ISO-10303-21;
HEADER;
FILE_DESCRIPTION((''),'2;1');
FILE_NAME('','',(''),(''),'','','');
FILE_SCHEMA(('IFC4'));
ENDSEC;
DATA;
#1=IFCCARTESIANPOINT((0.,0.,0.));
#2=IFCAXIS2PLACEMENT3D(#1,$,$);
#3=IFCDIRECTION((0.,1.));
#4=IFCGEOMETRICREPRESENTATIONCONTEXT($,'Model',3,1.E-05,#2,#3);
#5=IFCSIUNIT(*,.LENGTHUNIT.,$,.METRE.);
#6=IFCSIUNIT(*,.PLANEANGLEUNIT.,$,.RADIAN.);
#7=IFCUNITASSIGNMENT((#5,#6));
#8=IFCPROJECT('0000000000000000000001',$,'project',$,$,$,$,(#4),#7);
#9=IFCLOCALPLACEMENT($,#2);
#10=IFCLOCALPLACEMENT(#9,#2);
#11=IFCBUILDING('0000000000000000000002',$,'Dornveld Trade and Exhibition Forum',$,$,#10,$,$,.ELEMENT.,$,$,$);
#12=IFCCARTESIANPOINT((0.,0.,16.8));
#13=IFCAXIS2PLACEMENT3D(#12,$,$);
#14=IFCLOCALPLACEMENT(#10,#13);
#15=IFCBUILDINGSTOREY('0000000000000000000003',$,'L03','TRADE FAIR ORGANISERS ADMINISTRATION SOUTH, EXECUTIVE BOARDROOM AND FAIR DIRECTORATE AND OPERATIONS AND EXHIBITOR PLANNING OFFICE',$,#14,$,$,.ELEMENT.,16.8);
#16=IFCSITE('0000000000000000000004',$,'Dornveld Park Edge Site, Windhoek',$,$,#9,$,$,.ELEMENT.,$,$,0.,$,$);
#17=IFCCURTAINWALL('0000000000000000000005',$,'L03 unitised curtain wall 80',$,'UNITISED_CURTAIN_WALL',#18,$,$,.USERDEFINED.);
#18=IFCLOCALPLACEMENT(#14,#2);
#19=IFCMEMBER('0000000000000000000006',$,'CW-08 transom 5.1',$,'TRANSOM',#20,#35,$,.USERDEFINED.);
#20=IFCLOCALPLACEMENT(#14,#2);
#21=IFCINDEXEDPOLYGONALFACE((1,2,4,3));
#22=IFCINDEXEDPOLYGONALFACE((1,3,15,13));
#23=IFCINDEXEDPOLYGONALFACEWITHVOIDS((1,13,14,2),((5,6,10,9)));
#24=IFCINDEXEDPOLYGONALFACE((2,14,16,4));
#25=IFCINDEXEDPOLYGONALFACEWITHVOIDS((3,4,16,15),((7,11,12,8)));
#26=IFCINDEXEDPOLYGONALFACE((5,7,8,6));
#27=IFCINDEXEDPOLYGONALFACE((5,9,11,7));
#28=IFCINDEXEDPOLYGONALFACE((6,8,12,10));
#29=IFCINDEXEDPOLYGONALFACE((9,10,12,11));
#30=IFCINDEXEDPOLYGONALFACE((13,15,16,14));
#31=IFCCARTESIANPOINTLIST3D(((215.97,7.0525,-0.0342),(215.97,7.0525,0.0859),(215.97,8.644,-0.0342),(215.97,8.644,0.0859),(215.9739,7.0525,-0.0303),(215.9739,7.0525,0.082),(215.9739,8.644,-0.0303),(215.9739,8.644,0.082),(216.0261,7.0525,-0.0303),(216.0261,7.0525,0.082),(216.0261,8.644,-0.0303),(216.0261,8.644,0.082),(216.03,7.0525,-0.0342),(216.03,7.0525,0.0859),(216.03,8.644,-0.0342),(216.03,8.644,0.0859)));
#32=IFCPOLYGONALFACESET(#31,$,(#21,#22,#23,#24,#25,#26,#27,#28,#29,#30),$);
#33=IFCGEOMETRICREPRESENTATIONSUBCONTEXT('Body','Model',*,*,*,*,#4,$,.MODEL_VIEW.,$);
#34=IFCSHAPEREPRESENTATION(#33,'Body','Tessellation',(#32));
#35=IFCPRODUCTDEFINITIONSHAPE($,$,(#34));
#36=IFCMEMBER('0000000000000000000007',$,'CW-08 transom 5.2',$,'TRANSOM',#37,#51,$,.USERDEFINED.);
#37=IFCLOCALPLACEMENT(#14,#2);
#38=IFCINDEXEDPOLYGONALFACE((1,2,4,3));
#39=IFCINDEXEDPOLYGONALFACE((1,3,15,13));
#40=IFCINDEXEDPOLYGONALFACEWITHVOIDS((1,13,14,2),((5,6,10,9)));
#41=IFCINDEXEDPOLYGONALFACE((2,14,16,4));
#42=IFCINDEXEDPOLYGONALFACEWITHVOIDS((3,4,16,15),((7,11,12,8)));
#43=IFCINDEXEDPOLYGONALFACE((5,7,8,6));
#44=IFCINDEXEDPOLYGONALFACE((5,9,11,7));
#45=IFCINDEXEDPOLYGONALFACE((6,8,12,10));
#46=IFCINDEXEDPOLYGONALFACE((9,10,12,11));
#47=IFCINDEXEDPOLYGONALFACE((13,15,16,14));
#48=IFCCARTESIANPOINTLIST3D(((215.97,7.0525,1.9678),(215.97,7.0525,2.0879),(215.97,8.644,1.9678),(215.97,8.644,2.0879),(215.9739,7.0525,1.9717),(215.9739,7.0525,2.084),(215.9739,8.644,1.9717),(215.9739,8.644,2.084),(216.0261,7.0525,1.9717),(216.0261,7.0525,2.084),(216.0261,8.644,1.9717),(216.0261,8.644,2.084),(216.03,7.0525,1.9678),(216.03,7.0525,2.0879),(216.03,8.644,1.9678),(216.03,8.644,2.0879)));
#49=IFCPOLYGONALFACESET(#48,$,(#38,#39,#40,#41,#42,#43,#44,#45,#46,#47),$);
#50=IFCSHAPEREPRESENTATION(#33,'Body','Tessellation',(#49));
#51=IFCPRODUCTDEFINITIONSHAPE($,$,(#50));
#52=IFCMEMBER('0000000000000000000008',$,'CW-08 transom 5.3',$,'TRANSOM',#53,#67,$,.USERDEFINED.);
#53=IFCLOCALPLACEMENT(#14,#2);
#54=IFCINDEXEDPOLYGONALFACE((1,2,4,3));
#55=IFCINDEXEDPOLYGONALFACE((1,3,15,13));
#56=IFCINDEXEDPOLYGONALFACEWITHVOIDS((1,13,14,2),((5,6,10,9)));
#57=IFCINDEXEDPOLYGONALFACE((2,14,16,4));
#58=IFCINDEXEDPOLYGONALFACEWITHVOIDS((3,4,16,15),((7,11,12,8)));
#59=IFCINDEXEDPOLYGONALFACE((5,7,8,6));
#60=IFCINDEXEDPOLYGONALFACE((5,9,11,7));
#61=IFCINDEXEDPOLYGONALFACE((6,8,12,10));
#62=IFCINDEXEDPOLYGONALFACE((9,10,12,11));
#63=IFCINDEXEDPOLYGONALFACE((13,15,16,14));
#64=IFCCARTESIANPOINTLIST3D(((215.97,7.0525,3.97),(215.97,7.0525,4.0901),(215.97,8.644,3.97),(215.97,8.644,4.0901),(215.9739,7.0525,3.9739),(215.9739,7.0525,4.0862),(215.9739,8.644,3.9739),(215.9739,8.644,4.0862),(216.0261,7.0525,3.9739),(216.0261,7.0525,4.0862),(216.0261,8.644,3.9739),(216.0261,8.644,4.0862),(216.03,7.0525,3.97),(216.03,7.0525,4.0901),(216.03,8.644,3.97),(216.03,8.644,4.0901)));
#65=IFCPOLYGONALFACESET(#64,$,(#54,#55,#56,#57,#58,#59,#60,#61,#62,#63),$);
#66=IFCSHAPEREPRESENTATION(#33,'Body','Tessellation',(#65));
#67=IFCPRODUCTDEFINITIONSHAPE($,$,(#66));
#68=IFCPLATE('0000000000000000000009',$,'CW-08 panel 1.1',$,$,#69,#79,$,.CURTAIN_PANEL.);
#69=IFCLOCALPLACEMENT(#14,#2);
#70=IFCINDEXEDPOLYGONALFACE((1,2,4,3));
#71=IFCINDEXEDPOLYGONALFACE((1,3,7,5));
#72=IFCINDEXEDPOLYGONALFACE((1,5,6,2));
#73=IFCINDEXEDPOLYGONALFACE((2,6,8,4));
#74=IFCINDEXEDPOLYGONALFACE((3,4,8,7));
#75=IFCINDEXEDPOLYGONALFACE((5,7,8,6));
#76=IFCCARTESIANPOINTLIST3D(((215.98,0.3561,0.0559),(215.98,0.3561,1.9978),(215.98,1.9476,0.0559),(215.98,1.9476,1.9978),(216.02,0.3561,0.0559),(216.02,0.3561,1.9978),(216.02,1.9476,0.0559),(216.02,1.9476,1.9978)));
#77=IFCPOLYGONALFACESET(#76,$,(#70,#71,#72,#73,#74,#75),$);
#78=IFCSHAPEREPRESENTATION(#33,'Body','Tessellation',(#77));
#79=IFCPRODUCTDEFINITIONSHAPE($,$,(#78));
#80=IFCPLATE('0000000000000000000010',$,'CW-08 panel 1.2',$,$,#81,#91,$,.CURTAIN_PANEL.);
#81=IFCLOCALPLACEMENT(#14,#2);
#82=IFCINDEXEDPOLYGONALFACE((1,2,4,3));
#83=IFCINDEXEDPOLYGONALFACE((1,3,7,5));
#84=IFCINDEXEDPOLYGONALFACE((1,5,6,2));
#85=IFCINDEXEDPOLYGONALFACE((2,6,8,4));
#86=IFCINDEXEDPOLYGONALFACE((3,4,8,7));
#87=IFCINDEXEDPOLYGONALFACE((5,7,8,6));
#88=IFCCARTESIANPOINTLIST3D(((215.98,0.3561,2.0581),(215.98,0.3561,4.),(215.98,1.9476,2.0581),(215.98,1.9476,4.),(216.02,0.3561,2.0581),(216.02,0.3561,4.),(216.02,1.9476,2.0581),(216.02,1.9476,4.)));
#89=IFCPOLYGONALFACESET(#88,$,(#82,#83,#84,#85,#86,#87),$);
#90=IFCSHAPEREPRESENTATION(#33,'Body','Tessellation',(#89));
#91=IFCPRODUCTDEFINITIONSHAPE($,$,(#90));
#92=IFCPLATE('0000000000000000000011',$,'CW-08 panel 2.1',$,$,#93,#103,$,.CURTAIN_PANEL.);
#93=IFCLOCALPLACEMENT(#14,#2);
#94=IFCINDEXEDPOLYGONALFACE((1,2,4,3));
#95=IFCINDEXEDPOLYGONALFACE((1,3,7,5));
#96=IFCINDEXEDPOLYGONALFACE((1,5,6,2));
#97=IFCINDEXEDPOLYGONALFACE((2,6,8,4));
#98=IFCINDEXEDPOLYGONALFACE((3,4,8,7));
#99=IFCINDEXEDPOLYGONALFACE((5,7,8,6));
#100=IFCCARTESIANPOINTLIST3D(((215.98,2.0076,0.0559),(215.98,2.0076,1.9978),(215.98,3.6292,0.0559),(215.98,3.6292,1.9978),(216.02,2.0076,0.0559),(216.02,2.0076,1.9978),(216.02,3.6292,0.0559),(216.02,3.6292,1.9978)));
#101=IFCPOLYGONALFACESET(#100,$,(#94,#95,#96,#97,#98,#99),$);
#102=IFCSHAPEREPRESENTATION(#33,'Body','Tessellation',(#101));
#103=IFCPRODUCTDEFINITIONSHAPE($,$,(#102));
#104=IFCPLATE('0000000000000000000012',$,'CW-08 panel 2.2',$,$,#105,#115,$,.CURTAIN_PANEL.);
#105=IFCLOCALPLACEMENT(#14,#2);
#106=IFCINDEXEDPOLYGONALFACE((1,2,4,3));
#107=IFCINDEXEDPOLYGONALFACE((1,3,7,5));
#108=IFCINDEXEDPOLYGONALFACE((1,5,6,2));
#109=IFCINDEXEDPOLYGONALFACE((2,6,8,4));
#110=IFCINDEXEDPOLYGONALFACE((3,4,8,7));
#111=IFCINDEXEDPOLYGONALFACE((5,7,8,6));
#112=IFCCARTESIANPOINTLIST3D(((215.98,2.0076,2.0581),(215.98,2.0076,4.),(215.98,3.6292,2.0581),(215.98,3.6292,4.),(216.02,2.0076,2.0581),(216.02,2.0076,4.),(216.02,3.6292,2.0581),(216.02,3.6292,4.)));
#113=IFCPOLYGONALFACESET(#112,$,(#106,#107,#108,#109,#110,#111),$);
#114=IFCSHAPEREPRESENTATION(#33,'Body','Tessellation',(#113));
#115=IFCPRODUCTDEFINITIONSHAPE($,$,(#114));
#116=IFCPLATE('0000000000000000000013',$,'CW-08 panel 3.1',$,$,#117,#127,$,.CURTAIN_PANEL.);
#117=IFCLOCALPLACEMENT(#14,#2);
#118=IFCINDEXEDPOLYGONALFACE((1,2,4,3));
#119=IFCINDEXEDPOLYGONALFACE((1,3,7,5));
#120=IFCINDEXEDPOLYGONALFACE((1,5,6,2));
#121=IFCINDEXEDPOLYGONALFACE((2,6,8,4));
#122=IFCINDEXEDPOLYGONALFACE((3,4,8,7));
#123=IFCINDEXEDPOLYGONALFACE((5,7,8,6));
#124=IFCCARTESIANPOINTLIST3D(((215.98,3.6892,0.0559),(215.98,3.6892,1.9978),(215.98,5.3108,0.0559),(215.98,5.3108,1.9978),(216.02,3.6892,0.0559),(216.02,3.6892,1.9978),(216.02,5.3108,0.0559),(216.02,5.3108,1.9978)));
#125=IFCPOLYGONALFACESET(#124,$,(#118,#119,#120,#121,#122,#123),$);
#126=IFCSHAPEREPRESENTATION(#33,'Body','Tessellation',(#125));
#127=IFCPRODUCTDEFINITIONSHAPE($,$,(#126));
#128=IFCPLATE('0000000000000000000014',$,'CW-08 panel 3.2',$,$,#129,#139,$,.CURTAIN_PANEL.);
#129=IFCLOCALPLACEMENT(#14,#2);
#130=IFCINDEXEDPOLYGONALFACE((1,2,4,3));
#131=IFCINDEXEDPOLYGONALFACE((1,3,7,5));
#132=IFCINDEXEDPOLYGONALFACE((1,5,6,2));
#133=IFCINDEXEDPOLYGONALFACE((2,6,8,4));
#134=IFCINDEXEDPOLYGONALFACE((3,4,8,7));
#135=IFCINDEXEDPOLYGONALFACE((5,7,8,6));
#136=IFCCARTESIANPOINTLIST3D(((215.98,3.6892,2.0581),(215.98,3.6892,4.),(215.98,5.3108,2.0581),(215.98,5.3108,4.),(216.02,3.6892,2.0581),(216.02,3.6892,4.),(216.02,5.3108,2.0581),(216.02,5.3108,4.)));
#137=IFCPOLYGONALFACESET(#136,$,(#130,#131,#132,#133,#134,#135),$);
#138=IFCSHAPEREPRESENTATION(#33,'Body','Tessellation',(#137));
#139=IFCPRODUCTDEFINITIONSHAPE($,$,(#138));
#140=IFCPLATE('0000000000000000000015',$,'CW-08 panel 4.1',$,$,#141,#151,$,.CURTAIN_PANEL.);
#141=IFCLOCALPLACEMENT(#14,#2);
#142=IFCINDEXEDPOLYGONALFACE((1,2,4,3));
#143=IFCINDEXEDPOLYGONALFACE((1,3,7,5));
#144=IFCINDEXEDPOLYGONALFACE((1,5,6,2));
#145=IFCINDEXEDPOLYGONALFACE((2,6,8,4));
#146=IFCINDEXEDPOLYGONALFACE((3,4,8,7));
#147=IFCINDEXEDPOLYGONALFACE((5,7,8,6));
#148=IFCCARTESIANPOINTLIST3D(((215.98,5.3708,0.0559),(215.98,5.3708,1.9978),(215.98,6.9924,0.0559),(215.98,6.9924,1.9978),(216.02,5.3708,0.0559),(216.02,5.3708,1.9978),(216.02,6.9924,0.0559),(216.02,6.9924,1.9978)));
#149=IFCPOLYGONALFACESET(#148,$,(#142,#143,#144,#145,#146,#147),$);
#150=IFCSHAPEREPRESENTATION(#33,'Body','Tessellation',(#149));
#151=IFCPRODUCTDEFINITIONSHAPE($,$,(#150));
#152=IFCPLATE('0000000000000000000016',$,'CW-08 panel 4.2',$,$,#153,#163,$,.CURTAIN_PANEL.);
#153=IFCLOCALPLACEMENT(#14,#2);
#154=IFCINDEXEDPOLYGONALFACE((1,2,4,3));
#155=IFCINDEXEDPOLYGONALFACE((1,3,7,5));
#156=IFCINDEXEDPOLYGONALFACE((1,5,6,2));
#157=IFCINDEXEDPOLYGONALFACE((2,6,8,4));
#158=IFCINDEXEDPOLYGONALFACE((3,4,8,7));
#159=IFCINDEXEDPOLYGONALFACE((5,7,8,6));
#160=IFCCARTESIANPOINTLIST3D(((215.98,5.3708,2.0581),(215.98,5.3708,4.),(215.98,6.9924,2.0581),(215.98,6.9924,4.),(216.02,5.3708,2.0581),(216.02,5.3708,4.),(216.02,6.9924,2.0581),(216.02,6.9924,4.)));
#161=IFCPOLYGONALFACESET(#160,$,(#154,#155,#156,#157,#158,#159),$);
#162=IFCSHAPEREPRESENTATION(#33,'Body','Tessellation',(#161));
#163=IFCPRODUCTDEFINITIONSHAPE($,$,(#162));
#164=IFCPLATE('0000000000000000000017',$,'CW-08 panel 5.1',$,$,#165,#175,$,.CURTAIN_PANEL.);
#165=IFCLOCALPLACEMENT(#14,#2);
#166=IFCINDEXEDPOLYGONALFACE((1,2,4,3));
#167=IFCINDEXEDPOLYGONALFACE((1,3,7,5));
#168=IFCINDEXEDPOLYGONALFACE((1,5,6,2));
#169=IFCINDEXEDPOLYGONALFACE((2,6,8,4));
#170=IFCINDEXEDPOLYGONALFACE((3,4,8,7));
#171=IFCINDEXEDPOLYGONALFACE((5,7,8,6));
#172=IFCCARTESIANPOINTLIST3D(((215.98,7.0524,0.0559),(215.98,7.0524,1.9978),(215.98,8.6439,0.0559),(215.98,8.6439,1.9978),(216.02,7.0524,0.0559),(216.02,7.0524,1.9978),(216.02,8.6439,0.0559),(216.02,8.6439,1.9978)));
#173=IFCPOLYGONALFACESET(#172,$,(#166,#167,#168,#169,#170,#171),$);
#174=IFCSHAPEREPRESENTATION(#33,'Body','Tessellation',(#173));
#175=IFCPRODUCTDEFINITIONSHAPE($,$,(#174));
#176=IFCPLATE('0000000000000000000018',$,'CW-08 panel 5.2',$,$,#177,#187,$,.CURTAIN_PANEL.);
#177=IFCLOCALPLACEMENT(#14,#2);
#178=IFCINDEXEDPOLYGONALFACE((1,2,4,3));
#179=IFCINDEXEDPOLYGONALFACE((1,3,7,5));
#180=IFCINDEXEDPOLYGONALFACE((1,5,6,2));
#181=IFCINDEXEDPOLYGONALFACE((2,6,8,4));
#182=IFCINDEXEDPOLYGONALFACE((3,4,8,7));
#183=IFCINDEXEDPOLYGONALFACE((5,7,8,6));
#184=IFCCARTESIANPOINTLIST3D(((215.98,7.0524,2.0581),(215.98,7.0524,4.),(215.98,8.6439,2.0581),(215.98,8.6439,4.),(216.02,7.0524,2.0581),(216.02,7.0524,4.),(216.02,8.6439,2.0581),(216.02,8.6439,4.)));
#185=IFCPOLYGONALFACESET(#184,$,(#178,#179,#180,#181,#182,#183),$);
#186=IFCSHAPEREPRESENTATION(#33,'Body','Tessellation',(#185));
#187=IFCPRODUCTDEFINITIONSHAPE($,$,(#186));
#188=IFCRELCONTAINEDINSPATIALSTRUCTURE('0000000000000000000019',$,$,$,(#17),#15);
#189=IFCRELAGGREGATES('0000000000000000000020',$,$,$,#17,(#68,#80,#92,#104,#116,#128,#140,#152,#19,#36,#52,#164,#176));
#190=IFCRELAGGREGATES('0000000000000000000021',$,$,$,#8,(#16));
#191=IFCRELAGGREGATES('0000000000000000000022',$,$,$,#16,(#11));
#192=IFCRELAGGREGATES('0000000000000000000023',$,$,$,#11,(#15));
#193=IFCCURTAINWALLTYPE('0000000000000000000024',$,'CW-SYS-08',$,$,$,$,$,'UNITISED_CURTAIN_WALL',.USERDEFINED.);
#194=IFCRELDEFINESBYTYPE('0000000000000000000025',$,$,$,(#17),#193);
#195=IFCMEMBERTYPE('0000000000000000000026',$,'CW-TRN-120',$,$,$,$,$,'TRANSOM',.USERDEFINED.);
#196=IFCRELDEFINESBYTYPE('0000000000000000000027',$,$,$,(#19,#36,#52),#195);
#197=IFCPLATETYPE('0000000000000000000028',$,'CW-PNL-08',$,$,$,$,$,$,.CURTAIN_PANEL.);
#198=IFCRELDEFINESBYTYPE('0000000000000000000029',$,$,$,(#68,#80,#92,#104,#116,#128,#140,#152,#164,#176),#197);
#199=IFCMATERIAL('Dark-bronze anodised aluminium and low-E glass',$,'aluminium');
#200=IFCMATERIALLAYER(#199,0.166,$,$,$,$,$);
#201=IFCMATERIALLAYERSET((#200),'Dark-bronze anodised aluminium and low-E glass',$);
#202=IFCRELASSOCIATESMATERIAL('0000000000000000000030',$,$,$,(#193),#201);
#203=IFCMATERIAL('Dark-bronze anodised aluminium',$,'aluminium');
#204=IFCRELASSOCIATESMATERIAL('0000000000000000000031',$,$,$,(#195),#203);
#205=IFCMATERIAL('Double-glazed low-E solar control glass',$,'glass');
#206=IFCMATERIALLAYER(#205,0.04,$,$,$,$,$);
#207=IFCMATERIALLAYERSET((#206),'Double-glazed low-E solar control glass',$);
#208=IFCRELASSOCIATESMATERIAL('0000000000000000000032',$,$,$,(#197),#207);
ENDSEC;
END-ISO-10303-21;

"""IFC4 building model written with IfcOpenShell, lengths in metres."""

from ifc_helpers import new_model, si_unit, direction, frame, origin, origin_2d, place, context, subcontext, project, spatial, rectangle, hollow_rectangle, extrude, material, layer, layer_set, material_profile, profile_set, type_object, element, aggregate, save


model = new_model("IFC4")

# Units and contexts
model_context = context("Model", 3, precision=1e-05, world=origin(), true_north=direction((0.0, 1.0)))
body_context = subcontext(model_context, "Body", "Model", "MODEL_VIEW")
ifc_project = project(units=[si_unit("LENGTHUNIT", "METRE"), si_unit("PLANEANGLEUNIT", "RADIAN")], contexts=[model_context])

# Site, building, storey
site_placement = place(None, origin())
site = spatial("IfcSite", under=ifc_project, at=site_placement, Name="Dornveld Park Edge Site, Windhoek", CompositionType="ELEMENT", RefElevation=0.0)
building_placement = place(site_placement, origin())
building = spatial("IfcBuilding", under=site, at=building_placement, Name="Dornveld Trade and Exhibition Forum", CompositionType="ELEMENT")
storey_placement = place(building_placement, frame((0.0, 0.0, 16.8)))
storey = spatial("IfcBuildingStorey", under=building, at=storey_placement, Name="L03", Description="TRADE FAIR ORGANISERS ADMINISTRATION SOUTH, EXECUTIVE BOARDROOM AND FAIR DIRECTORATE AND OPERATIONS AND EXHIBITOR PLANNING OFFICE", CompositionType="ELEMENT", Elevation=16.8)

# Curtain wall, members, plates
ifc_material_1 = material(Name="Dark-bronze anodised aluminium and low-E glass", Category="aluminium")
ifc_layer_1 = layer(ifc_material_1, 0.166)
ifc_layer_set_1 = layer_set([ifc_layer_1], Name="Dark-bronze anodised aluminium and low-E glass")
curtain_wall_type = type_object("IfcCurtainWallType", Name="CW-SYS-08", ElementType="UNITISED_CURTAIN_WALL", PredefinedType="USERDEFINED", material=ifc_layer_set_1)
curtain_wall_placement = place(storey_placement, origin())
curtain_wall = element("IfcCurtainWall", 1, at=curtain_wall_placement, inside=storey, type_object=curtain_wall_type, Name="L03 unitised curtain wall 80", ObjectType="UNITISED_CURTAIN_WALL", PredefinedType="USERDEFINED")
ifc_material_2 = material(Name="Dark-bronze anodised aluminium", Category="aluminium")
ifc_material_profile_1 = material_profile(ifc_material_2, hollow_rectangle(XDim=0.0601, YDim=0.1201, WallThickness=0.0039, at=origin_2d()), Name="RHS 120x60x4")
ifc_profile_set_1 = profile_set([ifc_material_profile_1], Name="Dark-bronze anodised aluminium")
member_type_1 = type_object("IfcMemberType", Name="CW-TRN-120", ElementType="TRANSOM", PredefinedType="USERDEFINED", material=ifc_profile_set_1)
member_1_placement = place(storey_placement, frame((216.0, 7.0525, 0.0259), z_axis=(0.0, 1.0, 0.0), x_axis=(-1.0, 0.0, 0.0)))
member_1 = element("IfcMember", 2, at=member_1_placement, type_object=member_type_1, Name="CW-08 transom 5.1", ObjectType="TRANSOM", PredefinedType="USERDEFINED", context=body_context, shape_type="SweptSolid", body=[
    extrude(hollow_rectangle(XDim=0.0601, YDim=0.1201, WallThickness=0.0039, at=origin_2d()), origin(), (0.0, 0.0, 1.0), 1.5916),
])
member_2_placement = place(storey_placement, frame((216.0, 7.0525, 2.0278), z_axis=(0.0, 1.0, 0.0), x_axis=(-1.0, 0.0, 0.0)))
member_2 = element("IfcMember", 3, at=member_2_placement, type_object=member_type_1, Name="CW-08 transom 5.2", ObjectType="TRANSOM", PredefinedType="USERDEFINED", context=body_context, shape_type="SweptSolid", body=[
    extrude(hollow_rectangle(XDim=0.0601, YDim=0.1201, WallThickness=0.0039, at=origin_2d()), origin(), (0.0, 0.0, 1.0), 1.5916),
])
member_3_placement = place(storey_placement, frame((216.0, 7.0525, 4.03), z_axis=(0.0, 1.0, 0.0), x_axis=(-1.0, 0.0, 0.0)))
member_3 = element("IfcMember", 4, at=member_3_placement, type_object=member_type_1, Name="CW-08 transom 5.3", ObjectType="TRANSOM", PredefinedType="USERDEFINED", context=body_context, shape_type="SweptSolid", body=[
    extrude(hollow_rectangle(XDim=0.0601, YDim=0.1201, WallThickness=0.0039, at=origin_2d()), origin(), (0.0, 0.0, 1.0), 1.5916),
])
ifc_material_3 = material(Name="Double-glazed low-E solar control glass", Category="glass")
ifc_layer_2 = layer(ifc_material_3, 0.04)
ifc_layer_set_2 = layer_set([ifc_layer_2], Name="Double-glazed low-E solar control glass")
plate_type = type_object("IfcPlateType", Name="CW-PNL-08", PredefinedType="CURTAIN_PANEL", material=ifc_layer_set_2)
plate_1_placement = place(storey_placement, frame((216.0, 1.1519, 0.0559), z_axis=(0.0, 0.0, 1.0), x_axis=(0.0, 1.0, 0.0)))
plate_1 = element("IfcPlate", 5, at=plate_1_placement, type_object=plate_type, Name="CW-08 panel 1.1", PredefinedType="CURTAIN_PANEL", context=body_context, shape_type="SweptSolid", body=[
    extrude(rectangle(XDim=1.5916, YDim=0.04, at=origin_2d()), origin(), (0.0, 0.0, 1.0), 1.9419),
])
plate_2_placement = place(storey_placement, frame((216.0, 1.1519, 2.0581), z_axis=(0.0, 0.0, 1.0), x_axis=(0.0, 1.0, 0.0)))
plate_2 = element("IfcPlate", 6, at=plate_2_placement, type_object=plate_type, Name="CW-08 panel 1.2", PredefinedType="CURTAIN_PANEL", context=body_context, shape_type="SweptSolid", body=[
    extrude(rectangle(XDim=1.5916, YDim=0.04, at=origin_2d()), origin(), (0.0, 0.0, 1.0), 1.9419),
])
plate_3_placement = place(storey_placement, frame((216.0, 2.8184, 0.0559), z_axis=(0.0, 0.0, 1.0), x_axis=(0.0, 1.0, 0.0)))
plate_3 = element("IfcPlate", 7, at=plate_3_placement, type_object=plate_type, Name="CW-08 panel 2.1", PredefinedType="CURTAIN_PANEL", context=body_context, shape_type="SweptSolid", body=[
    extrude(rectangle(XDim=1.6216, YDim=0.04, at=origin_2d()), origin(), (0.0, 0.0, 1.0), 1.9419),
])
plate_4_placement = place(storey_placement, frame((216.0, 2.8184, 2.0581), z_axis=(0.0, 0.0, 1.0), x_axis=(0.0, 1.0, 0.0)))
plate_4 = element("IfcPlate", 8, at=plate_4_placement, type_object=plate_type, Name="CW-08 panel 2.2", PredefinedType="CURTAIN_PANEL", context=body_context, shape_type="SweptSolid", body=[
    extrude(rectangle(XDim=1.6216, YDim=0.04, at=origin_2d()), origin(), (0.0, 0.0, 1.0), 1.9419),
])
plate_5_placement = place(storey_placement, frame((216.0, 4.5, 0.0559), z_axis=(0.0, 0.0, 1.0), x_axis=(0.0, 1.0, 0.0)))
plate_5 = element("IfcPlate", 9, at=plate_5_placement, type_object=plate_type, Name="CW-08 panel 3.1", PredefinedType="CURTAIN_PANEL", context=body_context, shape_type="SweptSolid", body=[
    extrude(rectangle(XDim=1.6216, YDim=0.04, at=origin_2d()), origin(), (0.0, 0.0, 1.0), 1.9419),
])
plate_6_placement = place(storey_placement, frame((216.0, 4.5, 2.0581), z_axis=(0.0, 0.0, 1.0), x_axis=(0.0, 1.0, 0.0)))
plate_6 = element("IfcPlate", 10, at=plate_6_placement, type_object=plate_type, Name="CW-08 panel 3.2", PredefinedType="CURTAIN_PANEL", context=body_context, shape_type="SweptSolid", body=[
    extrude(rectangle(XDim=1.6216, YDim=0.04, at=origin_2d()), origin(), (0.0, 0.0, 1.0), 1.9419),
])
plate_7_placement = place(storey_placement, frame((216.0, 6.1816, 0.0559), z_axis=(0.0, 0.0, 1.0), x_axis=(0.0, 1.0, 0.0)))
plate_7 = element("IfcPlate", 11, at=plate_7_placement, type_object=plate_type, Name="CW-08 panel 4.1", PredefinedType="CURTAIN_PANEL", context=body_context, shape_type="SweptSolid", body=[
    extrude(rectangle(XDim=1.6216, YDim=0.04, at=origin_2d()), origin(), (0.0, 0.0, 1.0), 1.9419),
])
plate_8_placement = place(storey_placement, frame((216.0, 6.1816, 2.0581), z_axis=(0.0, 0.0, 1.0), x_axis=(0.0, 1.0, 0.0)))
plate_8 = element("IfcPlate", 12, at=plate_8_placement, type_object=plate_type, Name="CW-08 panel 4.2", PredefinedType="CURTAIN_PANEL", context=body_context, shape_type="SweptSolid", body=[
    extrude(rectangle(XDim=1.6216, YDim=0.04, at=origin_2d()), origin(), (0.0, 0.0, 1.0), 1.9419),
])
plate_9_placement = place(storey_placement, frame((216.0, 7.8481, 0.0559), z_axis=(0.0, 0.0, 1.0), x_axis=(0.0, 1.0, 0.0)))
plate_9 = element("IfcPlate", 13, at=plate_9_placement, type_object=plate_type, Name="CW-08 panel 5.1", PredefinedType="CURTAIN_PANEL", context=body_context, shape_type="SweptSolid", body=[
    extrude(rectangle(XDim=1.5916, YDim=0.04, at=origin_2d()), origin(), (0.0, 0.0, 1.0), 1.9419),
])
plate_10_placement = place(storey_placement, frame((216.0, 7.8481, 2.0581), z_axis=(0.0, 0.0, 1.0), x_axis=(0.0, 1.0, 0.0)))
plate_10 = element("IfcPlate", 14, at=plate_10_placement, type_object=plate_type, Name="CW-08 panel 5.2", PredefinedType="CURTAIN_PANEL", context=body_context, shape_type="SweptSolid", body=[
    extrude(rectangle(XDim=1.5916, YDim=0.04, at=origin_2d()), origin(), (0.0, 0.0, 1.0), 1.9419),
])
aggregate(curtain_wall, [plate_1, plate_2, plate_3, plate_4, plate_5, plate_6, plate_7, plate_8, member_1, member_2, member_3, plate_9, plate_10])

save(model, "model.ifc")
